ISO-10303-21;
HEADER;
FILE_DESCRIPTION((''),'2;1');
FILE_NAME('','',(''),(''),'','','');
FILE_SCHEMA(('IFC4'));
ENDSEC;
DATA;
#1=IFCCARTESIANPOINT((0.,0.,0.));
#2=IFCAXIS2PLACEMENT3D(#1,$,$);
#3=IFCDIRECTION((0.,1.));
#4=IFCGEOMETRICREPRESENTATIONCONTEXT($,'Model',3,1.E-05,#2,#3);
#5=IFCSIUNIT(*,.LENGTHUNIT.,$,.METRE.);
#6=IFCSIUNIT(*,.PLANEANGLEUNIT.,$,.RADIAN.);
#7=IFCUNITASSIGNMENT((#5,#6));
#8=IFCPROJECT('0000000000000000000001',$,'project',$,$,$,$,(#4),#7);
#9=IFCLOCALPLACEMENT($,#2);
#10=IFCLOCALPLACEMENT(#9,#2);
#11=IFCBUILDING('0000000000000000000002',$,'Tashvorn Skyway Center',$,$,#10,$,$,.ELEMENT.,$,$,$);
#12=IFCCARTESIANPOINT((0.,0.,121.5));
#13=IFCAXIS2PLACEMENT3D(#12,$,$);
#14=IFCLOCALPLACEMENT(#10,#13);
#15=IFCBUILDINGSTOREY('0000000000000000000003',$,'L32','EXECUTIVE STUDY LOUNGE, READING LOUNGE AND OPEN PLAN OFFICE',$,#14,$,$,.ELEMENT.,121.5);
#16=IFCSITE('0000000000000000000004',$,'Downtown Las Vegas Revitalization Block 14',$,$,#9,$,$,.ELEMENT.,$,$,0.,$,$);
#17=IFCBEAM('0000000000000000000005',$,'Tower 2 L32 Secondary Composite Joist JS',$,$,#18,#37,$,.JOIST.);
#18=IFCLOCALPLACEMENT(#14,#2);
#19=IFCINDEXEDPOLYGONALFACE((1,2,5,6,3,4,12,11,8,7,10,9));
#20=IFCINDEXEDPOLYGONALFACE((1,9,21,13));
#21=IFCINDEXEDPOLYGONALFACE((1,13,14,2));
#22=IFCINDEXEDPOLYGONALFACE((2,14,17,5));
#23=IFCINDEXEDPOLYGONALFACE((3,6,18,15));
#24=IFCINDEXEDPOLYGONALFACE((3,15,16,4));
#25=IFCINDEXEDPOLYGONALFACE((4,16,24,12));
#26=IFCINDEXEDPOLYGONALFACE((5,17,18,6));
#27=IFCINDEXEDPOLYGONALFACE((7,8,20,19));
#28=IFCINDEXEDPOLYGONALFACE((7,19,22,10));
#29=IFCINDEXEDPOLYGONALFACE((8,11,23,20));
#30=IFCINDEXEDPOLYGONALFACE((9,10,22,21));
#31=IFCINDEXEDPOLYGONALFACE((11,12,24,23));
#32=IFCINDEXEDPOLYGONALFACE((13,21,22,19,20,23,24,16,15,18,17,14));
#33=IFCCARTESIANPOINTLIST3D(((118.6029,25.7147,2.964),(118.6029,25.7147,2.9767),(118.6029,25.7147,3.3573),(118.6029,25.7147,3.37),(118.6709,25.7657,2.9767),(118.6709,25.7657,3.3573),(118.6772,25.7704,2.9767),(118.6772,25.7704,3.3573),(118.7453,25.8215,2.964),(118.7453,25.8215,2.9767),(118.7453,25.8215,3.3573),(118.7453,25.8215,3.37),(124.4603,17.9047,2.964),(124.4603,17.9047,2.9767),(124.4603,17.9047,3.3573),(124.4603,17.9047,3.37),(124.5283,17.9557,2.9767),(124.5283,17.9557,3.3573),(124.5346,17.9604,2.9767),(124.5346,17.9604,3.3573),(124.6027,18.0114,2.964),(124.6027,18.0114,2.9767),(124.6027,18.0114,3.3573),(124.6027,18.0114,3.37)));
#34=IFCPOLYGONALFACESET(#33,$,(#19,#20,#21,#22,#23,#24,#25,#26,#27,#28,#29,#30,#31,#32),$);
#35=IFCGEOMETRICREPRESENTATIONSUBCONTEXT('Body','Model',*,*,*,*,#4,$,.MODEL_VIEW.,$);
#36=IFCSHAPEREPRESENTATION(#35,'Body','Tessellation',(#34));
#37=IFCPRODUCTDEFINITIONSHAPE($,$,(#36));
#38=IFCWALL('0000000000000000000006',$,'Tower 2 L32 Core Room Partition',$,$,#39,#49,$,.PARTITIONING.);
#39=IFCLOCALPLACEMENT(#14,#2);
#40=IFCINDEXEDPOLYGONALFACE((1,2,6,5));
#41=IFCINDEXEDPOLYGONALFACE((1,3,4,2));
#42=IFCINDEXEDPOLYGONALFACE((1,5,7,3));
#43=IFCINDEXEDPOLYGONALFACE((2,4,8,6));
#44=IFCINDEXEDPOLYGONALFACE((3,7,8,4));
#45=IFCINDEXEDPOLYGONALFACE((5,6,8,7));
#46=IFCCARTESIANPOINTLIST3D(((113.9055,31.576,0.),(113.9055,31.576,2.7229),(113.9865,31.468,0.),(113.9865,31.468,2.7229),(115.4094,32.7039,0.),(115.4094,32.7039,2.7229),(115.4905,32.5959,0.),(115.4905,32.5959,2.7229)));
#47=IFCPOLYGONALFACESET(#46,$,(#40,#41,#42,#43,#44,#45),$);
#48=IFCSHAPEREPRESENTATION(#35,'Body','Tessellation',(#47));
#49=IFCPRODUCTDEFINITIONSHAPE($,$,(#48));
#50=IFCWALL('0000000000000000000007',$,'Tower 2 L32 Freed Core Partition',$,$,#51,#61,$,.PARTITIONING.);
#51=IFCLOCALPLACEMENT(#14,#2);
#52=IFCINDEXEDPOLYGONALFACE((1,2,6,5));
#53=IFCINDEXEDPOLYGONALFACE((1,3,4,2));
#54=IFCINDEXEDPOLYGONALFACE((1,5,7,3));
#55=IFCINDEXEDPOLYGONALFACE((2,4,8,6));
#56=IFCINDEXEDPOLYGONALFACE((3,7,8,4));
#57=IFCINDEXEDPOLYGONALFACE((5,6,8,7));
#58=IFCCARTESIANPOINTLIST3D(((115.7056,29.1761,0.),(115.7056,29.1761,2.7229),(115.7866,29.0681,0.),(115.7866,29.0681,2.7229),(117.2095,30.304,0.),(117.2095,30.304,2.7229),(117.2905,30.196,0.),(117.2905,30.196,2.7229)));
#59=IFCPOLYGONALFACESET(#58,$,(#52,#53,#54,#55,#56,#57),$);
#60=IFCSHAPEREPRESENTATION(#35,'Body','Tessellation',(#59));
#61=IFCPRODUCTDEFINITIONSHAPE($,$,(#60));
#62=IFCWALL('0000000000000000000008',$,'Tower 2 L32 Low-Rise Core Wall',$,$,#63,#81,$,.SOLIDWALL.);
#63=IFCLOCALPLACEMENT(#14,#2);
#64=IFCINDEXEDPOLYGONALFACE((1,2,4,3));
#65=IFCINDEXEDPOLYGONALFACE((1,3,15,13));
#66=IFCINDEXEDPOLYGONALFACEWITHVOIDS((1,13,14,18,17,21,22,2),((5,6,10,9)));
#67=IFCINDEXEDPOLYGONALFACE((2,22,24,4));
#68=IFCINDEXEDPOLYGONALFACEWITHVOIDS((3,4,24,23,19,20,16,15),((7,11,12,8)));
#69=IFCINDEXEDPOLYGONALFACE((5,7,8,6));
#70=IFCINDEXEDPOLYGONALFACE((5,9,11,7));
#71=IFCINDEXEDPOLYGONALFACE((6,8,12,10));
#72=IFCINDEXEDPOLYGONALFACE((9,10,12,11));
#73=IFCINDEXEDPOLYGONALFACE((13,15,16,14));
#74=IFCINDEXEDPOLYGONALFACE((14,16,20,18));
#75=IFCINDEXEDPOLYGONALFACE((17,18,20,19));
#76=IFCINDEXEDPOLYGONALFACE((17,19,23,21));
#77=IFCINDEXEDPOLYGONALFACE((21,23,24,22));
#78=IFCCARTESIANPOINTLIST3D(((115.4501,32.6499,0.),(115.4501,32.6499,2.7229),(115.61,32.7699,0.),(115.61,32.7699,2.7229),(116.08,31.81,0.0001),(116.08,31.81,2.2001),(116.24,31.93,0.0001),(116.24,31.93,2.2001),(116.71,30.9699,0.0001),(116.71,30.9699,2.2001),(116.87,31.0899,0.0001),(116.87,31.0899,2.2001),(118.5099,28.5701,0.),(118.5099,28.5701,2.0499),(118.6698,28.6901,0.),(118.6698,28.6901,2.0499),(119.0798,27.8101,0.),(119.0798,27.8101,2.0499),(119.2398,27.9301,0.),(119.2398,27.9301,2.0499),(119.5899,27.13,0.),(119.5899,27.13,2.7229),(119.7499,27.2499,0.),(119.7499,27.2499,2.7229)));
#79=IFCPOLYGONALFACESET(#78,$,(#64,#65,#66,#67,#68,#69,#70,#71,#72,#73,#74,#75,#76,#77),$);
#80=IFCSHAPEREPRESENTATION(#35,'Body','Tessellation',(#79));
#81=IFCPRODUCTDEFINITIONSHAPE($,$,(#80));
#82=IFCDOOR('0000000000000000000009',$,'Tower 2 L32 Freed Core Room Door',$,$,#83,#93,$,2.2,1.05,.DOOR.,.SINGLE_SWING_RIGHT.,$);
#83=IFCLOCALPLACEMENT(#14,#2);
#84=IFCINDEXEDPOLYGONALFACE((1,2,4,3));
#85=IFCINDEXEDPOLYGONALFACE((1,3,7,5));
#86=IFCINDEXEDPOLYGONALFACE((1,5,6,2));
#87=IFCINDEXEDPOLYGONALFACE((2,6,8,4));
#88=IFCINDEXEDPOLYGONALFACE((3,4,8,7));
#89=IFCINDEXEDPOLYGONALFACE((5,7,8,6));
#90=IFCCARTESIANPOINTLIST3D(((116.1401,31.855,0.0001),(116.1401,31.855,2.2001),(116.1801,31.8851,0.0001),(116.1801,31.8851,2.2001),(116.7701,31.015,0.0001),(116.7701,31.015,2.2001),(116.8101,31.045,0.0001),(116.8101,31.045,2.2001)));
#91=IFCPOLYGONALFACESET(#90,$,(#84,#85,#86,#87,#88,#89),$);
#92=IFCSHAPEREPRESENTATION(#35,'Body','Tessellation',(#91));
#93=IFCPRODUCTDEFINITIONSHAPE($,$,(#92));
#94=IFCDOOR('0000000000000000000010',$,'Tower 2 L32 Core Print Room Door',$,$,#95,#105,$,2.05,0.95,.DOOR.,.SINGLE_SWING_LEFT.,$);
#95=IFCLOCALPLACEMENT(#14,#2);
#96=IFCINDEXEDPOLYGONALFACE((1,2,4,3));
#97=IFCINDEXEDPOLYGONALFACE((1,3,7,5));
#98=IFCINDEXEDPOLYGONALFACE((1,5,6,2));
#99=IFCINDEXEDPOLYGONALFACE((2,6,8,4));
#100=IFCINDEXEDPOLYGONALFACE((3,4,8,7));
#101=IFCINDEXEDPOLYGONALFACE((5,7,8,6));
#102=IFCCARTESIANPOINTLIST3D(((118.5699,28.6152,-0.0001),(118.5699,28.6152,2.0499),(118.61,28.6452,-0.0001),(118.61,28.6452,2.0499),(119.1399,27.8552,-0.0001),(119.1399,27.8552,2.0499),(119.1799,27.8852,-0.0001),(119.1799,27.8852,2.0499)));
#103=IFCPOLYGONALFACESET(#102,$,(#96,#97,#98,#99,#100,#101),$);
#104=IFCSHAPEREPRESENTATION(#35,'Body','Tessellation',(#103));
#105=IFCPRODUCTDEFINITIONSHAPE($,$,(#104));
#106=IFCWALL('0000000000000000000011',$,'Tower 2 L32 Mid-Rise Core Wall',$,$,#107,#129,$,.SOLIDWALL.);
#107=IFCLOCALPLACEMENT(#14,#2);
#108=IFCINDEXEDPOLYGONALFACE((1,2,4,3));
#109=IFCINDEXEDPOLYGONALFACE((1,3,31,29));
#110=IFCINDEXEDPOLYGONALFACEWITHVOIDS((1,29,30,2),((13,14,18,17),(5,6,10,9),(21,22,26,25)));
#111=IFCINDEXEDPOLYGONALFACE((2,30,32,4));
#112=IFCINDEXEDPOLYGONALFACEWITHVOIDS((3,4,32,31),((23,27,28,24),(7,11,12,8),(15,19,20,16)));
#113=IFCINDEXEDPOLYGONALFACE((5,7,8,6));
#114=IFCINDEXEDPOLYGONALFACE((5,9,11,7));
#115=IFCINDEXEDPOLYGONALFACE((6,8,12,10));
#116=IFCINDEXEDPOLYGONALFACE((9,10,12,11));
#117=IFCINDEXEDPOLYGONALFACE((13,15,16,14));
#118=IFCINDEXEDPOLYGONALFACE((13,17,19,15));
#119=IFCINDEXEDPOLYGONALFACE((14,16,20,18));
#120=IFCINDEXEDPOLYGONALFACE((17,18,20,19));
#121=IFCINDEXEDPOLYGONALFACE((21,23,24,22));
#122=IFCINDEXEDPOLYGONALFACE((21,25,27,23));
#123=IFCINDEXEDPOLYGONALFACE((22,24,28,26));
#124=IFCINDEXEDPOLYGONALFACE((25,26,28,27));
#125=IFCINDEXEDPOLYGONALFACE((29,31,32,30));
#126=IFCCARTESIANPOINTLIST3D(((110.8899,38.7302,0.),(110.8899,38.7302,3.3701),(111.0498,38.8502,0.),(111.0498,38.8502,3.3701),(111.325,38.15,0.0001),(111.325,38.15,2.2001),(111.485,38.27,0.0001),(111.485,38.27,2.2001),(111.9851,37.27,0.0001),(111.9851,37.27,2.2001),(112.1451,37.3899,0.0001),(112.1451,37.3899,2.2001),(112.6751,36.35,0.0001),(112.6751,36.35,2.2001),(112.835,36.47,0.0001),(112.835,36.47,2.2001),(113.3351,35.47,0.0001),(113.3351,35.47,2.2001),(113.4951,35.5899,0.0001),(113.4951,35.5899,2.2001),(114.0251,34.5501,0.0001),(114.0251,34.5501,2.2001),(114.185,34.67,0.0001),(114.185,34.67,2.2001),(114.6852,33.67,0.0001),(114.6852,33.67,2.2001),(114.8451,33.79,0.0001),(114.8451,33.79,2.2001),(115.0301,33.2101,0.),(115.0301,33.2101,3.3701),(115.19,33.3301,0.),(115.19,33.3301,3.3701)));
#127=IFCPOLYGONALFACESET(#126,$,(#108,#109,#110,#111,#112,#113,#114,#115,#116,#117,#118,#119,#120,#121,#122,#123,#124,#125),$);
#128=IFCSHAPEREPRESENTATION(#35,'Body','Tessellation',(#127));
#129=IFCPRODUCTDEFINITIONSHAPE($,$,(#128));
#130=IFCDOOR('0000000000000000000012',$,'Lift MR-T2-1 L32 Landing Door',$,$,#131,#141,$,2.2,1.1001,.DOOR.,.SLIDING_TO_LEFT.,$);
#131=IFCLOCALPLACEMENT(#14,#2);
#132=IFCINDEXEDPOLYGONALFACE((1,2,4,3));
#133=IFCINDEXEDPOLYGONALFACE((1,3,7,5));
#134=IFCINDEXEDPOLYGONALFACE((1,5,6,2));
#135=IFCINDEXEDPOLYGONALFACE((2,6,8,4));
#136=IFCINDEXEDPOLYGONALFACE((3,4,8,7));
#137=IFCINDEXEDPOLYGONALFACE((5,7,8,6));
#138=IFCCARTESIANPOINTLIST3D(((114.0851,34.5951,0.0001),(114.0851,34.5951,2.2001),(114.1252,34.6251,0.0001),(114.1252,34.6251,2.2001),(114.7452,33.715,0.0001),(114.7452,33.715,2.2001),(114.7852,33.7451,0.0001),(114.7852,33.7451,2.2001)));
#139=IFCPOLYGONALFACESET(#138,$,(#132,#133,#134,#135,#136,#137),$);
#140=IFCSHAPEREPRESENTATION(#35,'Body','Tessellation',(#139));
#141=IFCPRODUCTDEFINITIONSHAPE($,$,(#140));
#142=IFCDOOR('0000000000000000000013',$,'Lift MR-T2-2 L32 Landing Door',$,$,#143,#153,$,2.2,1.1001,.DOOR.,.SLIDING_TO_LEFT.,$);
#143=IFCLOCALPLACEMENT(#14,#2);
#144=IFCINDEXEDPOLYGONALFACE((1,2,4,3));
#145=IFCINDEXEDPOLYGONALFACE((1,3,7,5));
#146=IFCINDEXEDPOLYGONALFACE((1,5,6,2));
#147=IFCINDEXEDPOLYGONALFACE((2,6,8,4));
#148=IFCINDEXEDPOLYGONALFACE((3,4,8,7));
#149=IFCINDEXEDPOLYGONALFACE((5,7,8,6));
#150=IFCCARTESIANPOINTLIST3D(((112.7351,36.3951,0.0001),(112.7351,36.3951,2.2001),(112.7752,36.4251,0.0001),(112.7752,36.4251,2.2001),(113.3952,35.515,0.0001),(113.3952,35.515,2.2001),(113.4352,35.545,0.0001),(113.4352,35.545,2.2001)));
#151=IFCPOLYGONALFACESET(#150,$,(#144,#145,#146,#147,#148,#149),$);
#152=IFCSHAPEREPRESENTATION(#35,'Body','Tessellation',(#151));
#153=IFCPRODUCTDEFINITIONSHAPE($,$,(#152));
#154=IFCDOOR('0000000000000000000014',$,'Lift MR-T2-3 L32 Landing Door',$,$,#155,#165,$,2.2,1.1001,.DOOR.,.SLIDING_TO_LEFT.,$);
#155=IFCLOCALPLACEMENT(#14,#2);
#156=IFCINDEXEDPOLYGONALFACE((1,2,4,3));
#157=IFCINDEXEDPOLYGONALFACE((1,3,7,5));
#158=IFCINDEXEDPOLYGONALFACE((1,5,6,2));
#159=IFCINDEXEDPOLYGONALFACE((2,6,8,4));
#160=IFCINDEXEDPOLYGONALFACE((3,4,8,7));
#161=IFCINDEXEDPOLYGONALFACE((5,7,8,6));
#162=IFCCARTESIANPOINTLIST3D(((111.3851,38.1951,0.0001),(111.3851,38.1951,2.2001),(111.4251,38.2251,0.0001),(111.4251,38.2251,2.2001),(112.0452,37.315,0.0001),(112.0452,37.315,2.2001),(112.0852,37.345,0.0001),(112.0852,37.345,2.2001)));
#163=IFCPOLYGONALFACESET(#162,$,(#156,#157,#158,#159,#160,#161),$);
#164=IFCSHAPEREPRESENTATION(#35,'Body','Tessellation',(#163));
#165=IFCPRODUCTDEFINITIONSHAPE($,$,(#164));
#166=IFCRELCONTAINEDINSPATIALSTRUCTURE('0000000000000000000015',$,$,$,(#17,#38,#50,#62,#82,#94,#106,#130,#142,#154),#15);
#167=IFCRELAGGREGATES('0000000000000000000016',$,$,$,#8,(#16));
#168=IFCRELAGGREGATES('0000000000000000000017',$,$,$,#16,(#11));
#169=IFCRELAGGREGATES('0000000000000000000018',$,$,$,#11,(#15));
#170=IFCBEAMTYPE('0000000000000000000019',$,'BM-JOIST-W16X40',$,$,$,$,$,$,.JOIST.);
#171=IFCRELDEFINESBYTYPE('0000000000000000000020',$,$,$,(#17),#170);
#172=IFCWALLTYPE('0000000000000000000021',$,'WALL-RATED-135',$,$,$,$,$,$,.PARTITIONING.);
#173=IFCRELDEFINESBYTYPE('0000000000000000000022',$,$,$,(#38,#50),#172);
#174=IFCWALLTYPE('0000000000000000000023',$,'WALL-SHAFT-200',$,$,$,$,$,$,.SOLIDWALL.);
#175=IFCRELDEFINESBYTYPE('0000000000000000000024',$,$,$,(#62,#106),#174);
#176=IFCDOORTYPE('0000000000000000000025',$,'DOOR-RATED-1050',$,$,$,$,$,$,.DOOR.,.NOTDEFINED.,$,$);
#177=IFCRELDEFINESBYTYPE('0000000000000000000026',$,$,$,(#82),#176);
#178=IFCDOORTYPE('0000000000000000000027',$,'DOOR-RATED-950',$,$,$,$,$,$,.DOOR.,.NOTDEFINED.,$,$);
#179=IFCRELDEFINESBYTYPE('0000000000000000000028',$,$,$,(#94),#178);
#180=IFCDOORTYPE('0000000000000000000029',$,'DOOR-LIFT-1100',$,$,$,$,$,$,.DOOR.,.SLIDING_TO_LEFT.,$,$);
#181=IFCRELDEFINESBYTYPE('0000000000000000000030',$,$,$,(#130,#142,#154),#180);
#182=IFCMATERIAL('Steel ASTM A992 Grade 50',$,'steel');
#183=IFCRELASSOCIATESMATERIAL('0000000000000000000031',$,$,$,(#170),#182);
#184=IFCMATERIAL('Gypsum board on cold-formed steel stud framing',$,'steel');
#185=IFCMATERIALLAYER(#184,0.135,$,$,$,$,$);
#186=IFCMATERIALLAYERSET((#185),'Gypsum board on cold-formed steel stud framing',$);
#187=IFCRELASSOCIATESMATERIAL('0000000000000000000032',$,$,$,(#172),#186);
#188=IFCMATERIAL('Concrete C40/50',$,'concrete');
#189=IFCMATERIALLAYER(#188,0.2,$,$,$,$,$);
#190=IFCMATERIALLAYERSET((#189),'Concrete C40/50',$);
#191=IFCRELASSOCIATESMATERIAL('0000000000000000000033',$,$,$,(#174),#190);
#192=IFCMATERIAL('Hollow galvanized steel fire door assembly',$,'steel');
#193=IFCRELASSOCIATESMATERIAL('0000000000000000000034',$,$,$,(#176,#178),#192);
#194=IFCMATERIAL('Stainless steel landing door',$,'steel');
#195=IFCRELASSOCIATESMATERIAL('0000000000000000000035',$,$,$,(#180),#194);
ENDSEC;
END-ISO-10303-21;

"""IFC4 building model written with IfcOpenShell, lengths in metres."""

from ifc_helpers import new_model, si_unit, direction, frame, frame_2d, origin, origin_2d, place, context, subcontext, project, spatial, rectangle, i_section, extrude, material, layer, layer_set, material_profile, profile_set, type_object, element, fill, save


model = new_model("IFC4")

# Units and contexts
model_context = context("Model", 3, precision=1e-05, world=origin(), true_north=direction((0.0, 1.0)))
body_context = subcontext(model_context, "Body", "Model", "MODEL_VIEW")
ifc_project = project(units=[si_unit("LENGTHUNIT", "METRE"), si_unit("PLANEANGLEUNIT", "RADIAN")], contexts=[model_context])

# Site, building, storey
site_placement = place(None, origin())
site = spatial("IfcSite", under=ifc_project, at=site_placement, Name="Downtown Las Vegas Revitalization Block 14", CompositionType="ELEMENT", RefElevation=0.0)
building_placement = place(site_placement, origin())
building = spatial("IfcBuilding", under=site, at=building_placement, Name="Tashvorn Skyway Center", CompositionType="ELEMENT")
storey_placement = place(building_placement, frame((0.0, 0.0, 121.5)))
storey = spatial("IfcBuildingStorey", under=building, at=storey_placement, Name="L32", Description="EXECUTIVE STUDY LOUNGE, READING LOUNGE AND OPEN PLAN OFFICE", CompositionType="ELEMENT", Elevation=121.5)

# Beam
ifc_material_1 = material(Name="Steel ASTM A992 Grade 50", Category="steel")
ifc_material_profile = material_profile(ifc_material_1, i_section(OverallWidth=0.178, OverallDepth=0.406, WebThickness=0.0078, FlangeThickness=0.0127, at=origin_2d()), Name="W16X40")
ifc_profile_set = profile_set([ifc_material_profile], Name="Steel ASTM A992 Grade 50")
beam_type = type_object("IfcBeamType", Name="BM-JOIST-W16X40", PredefinedType="JOIST", material=ifc_profile_set)
beam_placement = place(storey_placement, frame((118.6741, 25.7681, 3.167), z_axis=(0.599992, -0.800006, 0.0), x_axis=(0.800006, 0.599992, 0.0)))
element("IfcBeam", 1, at=beam_placement, inside=storey, type_object=beam_type, Name="Tower 2 L32 Secondary Composite Joist JS", PredefinedType="JOIST", context=body_context, shape_type="SweptSolid", body=[
    extrude(i_section(OverallWidth=0.178, OverallDepth=0.406, WebThickness=0.0078, FlangeThickness=0.0127, at=origin_2d()), origin(), (0.0, 0.0, 1.0), 9.7625),
])

# Walls
ifc_material_2 = material(Name="Gypsum board on cold-formed steel stud framing", Category="steel")
ifc_layer_1 = layer(ifc_material_2, 0.135)
ifc_layer_set_1 = layer_set([ifc_layer_1], Name="Gypsum board on cold-formed steel stud framing")
wall_type_1 = type_object("IfcWallType", Name="WALL-RATED-135", PredefinedType="PARTITIONING", material=ifc_layer_set_1)
for number, where, z_axis, x_axis, name in (
    (2, (113.946, 31.522, 0.0), (0.0, 0.0, 1.0), (0.8, 0.6, 0.0), "Tower 2 L32 Core Room Partition"),
    (3, (115.7461, 29.1221, 0.0), (0.0, 0.0, 1.0), (0.8, 0.6, 0.0), "Tower 2 L32 Freed Core Partition"),
):
    element("IfcWall", number, at=place(storey_placement, frame(where, z_axis=z_axis, x_axis=x_axis)), inside=storey, type_object=wall_type_1, Name=name, PredefinedType="PARTITIONING", context=body_context, shape_type="SweptSolid", body=[
        extrude(rectangle(XDim=1.8799, YDim=0.135, at=frame_2d((0.9399, 0.0))), origin(), (0.0, 0.0, 1.0), 2.7229),
    ])

# Walls, openings, doors
ifc_material_3 = material(Name="Concrete C40/50", Category="concrete")
ifc_layer_2 = layer(ifc_material_3, 0.2)
ifc_layer_set_2 = layer_set([ifc_layer_2], Name="Concrete C40/50")
wall_type_2 = type_object("IfcWallType", Name="WALL-SHAFT-200", PredefinedType="SOLIDWALL", material=ifc_layer_set_2)
wall_1_placement = place(storey_placement, frame((119.6699, 27.1899, 0.0), z_axis=(0.0, 0.0, 1.0), x_axis=(-0.599989, 0.800008, 0.0)))
wall_1 = element("IfcWall", 4, at=wall_1_placement, inside=storey, type_object=wall_type_2, Name="Tower 2 L32 Low-Rise Core Wall", PredefinedType="SOLIDWALL", context=body_context, shape_type="SweptSolid", body=[
    extrude(rectangle(XDim=6.8999, YDim=0.2, at=frame_2d((3.45, 0.0))), origin(), (0.0, 0.0, 1.0), 2.7229),
])
opening_1_placement = place(wall_1_placement, frame((0.8501, 0.0, 0.0)))
opening_1 = element("IfcOpeningElement", 5, at=opening_1_placement, cuts=wall_1, PredefinedType="OPENING", context=body_context, shape_type="SweptSolid", body=[
    extrude(rectangle(XDim=0.95, YDim=2.05, at=frame_2d((0.4751, 1.0249))), frame((0.0, 0.1099, 0.0), z_axis=(0.0, -1.0, 0.0), x_axis=(1.0, 0.0, 0.0)), (0.0, 0.0, 1.0), 0.22),
])
opening_2_placement = place(wall_1_placement, frame((4.8, 0.0, 0.0)))
opening_2 = element("IfcOpeningElement", 6, at=opening_2_placement, cuts=wall_1, PredefinedType="OPENING", context=body_context, shape_type="SweptSolid", body=[
    extrude(rectangle(XDim=1.05, YDim=2.2, at=frame_2d((0.5249, 1.1001))), frame((0.0, 0.1099, 0.0), z_axis=(0.0, -1.0, 0.0), x_axis=(1.0, 0.0, 0.0)), (0.0, 0.0, 1.0), 0.22),
])
ifc_material_4 = material(Name="Hollow galvanized steel fire door assembly", Category="steel")
door_type_1 = type_object("IfcDoorType", Name="DOOR-RATED-1050", OperationType="NOTDEFINED", PredefinedType="DOOR", material=ifc_material_4)
door_1_placement = place(opening_2_placement, origin())
door_1 = element("IfcDoor", 7, at=door_1_placement, inside=storey, type_object=door_type_1, Name="Tower 2 L32 Freed Core Room Door", OperationType="SINGLE_SWING_RIGHT", OverallHeight=2.2, OverallWidth=1.05, PredefinedType="DOOR", context=body_context, shape_type="SweptSolid", body=[
    extrude(rectangle(XDim=1.05, YDim=2.2, at=frame_2d((0.5249, 1.1001))), frame((0.0, 0.0249, 0.0), z_axis=(0.0, -1.0, 0.0), x_axis=(1.0, 0.0, 0.0)), (0.0, 0.0, 1.0), 0.05),
])
fill(opening_2, door_1)
door_type_2 = type_object("IfcDoorType", Name="DOOR-RATED-950", OperationType="NOTDEFINED", PredefinedType="DOOR", material=ifc_material_4)
door_2_placement = place(opening_1_placement, origin())
door_2 = element("IfcDoor", 8, at=door_2_placement, inside=storey, type_object=door_type_2, Name="Tower 2 L32 Core Print Room Door", OperationType="SINGLE_SWING_LEFT", OverallHeight=2.05, OverallWidth=0.95, PredefinedType="DOOR", context=body_context, shape_type="SweptSolid", body=[
    extrude(rectangle(XDim=0.95, YDim=2.05, at=frame_2d((0.4751, 1.0249))), frame((0.0, 0.0249, 0.0), z_axis=(0.0, -1.0, 0.0), x_axis=(1.0, 0.0, 0.0)), (0.0, 0.0, 1.0), 0.05),
])
fill(opening_1, door_2)
wall_2_placement = place(storey_placement, frame((115.1101, 33.27, 0.0), z_axis=(0.0, 0.0, 1.0), x_axis=(-0.600011, 0.799992, 0.0)))
wall_2 = element("IfcWall", 9, at=wall_2_placement, inside=storey, type_object=wall_type_2, Name="Tower 2 L32 Mid-Rise Core Wall", PredefinedType="SOLIDWALL", context=body_context, shape_type="SweptSolid", body=[
    extrude(rectangle(XDim=6.9001, YDim=0.2, at=frame_2d((3.4502, 0.0))), origin(), (0.0, 0.0, 1.0), 3.3701),
])
opening_3_placement = place(wall_2_placement, frame((0.575, 0.0, 0.0)))
opening_3 = element("IfcOpeningElement", 10, at=opening_3_placement, cuts=wall_2, PredefinedType="OPENING", context=body_context, shape_type="SweptSolid", body=[
    extrude(rectangle(XDim=1.1001, YDim=2.2, at=frame_2d((0.55, 1.1001))), frame((0.0, 0.1099, 0.0), z_axis=(0.0, -1.0, 0.0), x_axis=(1.0, 0.0, 0.0)), (0.0, 0.0, 1.0), 0.22),
])
opening_4_placement = place(wall_2_placement, frame((2.825, 0.0, 0.0)))
opening_4 = element("IfcOpeningElement", 11, at=opening_4_placement, cuts=wall_2, PredefinedType="OPENING", context=body_context, shape_type="SweptSolid", body=[
    extrude(rectangle(XDim=1.1001, YDim=2.2, at=frame_2d((0.55, 1.1001))), frame((0.0, 0.1099, 0.0), z_axis=(0.0, -1.0, 0.0), x_axis=(1.0, 0.0, 0.0)), (0.0, 0.0, 1.0), 0.22),
])
opening_5_placement = place(wall_2_placement, frame((5.075, 0.0, 0.0)))
opening_5 = element("IfcOpeningElement", 12, at=opening_5_placement, cuts=wall_2, PredefinedType="OPENING", context=body_context, shape_type="SweptSolid", body=[
    extrude(rectangle(XDim=1.1001, YDim=2.2, at=frame_2d((0.55, 1.1001))), frame((0.0, 0.1099, 0.0), z_axis=(0.0, -1.0, 0.0), x_axis=(1.0, 0.0, 0.0)), (0.0, 0.0, 1.0), 0.22),
])
ifc_material_5 = material(Name="Stainless steel landing door", Category="steel")
door_type_3 = type_object("IfcDoorType", Name="DOOR-LIFT-1100", OperationType="SLIDING_TO_LEFT", PredefinedType="DOOR", material=ifc_material_5)
door_3_placement = place(opening_3_placement, origin())
door_3 = element("IfcDoor", 13, at=door_3_placement, inside=storey, type_object=door_type_3, Name="Lift MR-T2-1 L32 Landing Door", OperationType="SLIDING_TO_LEFT", OverallHeight=2.2, OverallWidth=1.1001, PredefinedType="DOOR", context=body_context, shape_type="SweptSolid", body=[
    extrude(rectangle(XDim=1.1001, YDim=2.2, at=frame_2d((0.55, 1.1001))), frame((0.0, 0.0249, 0.0), z_axis=(0.0, -1.0, 0.0), x_axis=(1.0, 0.0, 0.0)), (0.0, 0.0, 1.0), 0.05),
])
fill(opening_3, door_3)
door_4_placement = place(opening_4_placement, origin())
door_4 = element("IfcDoor", 14, at=door_4_placement, inside=storey, type_object=door_type_3, Name="Lift MR-T2-2 L32 Landing Door", OperationType="SLIDING_TO_LEFT", OverallHeight=2.2, OverallWidth=1.1001, PredefinedType="DOOR", context=body_context, shape_type="SweptSolid", body=[
    extrude(rectangle(XDim=1.1001, YDim=2.2, at=frame_2d((0.55, 1.1001))), frame((0.0, 0.0249, 0.0), z_axis=(0.0, -1.0, 0.0), x_axis=(1.0, 0.0, 0.0)), (0.0, 0.0, 1.0), 0.05),
])
fill(opening_4, door_4)
door_5_placement = place(opening_5_placement, origin())
door_5 = element("IfcDoor", 15, at=door_5_placement, inside=storey, type_object=door_type_3, Name="Lift MR-T2-3 L32 Landing Door", OperationType="SLIDING_TO_LEFT", OverallHeight=2.2, OverallWidth=1.1001, PredefinedType="DOOR", context=body_context, shape_type="SweptSolid", body=[
    extrude(rectangle(XDim=1.1001, YDim=2.2, at=frame_2d((0.55, 1.1001))), frame((0.0, 0.0249, 0.0), z_axis=(0.0, -1.0, 0.0), x_axis=(1.0, 0.0, 0.0)), (0.0, 0.0, 1.0), 0.05),
])
fill(opening_5, door_5)

save(model, "model.ifc")
